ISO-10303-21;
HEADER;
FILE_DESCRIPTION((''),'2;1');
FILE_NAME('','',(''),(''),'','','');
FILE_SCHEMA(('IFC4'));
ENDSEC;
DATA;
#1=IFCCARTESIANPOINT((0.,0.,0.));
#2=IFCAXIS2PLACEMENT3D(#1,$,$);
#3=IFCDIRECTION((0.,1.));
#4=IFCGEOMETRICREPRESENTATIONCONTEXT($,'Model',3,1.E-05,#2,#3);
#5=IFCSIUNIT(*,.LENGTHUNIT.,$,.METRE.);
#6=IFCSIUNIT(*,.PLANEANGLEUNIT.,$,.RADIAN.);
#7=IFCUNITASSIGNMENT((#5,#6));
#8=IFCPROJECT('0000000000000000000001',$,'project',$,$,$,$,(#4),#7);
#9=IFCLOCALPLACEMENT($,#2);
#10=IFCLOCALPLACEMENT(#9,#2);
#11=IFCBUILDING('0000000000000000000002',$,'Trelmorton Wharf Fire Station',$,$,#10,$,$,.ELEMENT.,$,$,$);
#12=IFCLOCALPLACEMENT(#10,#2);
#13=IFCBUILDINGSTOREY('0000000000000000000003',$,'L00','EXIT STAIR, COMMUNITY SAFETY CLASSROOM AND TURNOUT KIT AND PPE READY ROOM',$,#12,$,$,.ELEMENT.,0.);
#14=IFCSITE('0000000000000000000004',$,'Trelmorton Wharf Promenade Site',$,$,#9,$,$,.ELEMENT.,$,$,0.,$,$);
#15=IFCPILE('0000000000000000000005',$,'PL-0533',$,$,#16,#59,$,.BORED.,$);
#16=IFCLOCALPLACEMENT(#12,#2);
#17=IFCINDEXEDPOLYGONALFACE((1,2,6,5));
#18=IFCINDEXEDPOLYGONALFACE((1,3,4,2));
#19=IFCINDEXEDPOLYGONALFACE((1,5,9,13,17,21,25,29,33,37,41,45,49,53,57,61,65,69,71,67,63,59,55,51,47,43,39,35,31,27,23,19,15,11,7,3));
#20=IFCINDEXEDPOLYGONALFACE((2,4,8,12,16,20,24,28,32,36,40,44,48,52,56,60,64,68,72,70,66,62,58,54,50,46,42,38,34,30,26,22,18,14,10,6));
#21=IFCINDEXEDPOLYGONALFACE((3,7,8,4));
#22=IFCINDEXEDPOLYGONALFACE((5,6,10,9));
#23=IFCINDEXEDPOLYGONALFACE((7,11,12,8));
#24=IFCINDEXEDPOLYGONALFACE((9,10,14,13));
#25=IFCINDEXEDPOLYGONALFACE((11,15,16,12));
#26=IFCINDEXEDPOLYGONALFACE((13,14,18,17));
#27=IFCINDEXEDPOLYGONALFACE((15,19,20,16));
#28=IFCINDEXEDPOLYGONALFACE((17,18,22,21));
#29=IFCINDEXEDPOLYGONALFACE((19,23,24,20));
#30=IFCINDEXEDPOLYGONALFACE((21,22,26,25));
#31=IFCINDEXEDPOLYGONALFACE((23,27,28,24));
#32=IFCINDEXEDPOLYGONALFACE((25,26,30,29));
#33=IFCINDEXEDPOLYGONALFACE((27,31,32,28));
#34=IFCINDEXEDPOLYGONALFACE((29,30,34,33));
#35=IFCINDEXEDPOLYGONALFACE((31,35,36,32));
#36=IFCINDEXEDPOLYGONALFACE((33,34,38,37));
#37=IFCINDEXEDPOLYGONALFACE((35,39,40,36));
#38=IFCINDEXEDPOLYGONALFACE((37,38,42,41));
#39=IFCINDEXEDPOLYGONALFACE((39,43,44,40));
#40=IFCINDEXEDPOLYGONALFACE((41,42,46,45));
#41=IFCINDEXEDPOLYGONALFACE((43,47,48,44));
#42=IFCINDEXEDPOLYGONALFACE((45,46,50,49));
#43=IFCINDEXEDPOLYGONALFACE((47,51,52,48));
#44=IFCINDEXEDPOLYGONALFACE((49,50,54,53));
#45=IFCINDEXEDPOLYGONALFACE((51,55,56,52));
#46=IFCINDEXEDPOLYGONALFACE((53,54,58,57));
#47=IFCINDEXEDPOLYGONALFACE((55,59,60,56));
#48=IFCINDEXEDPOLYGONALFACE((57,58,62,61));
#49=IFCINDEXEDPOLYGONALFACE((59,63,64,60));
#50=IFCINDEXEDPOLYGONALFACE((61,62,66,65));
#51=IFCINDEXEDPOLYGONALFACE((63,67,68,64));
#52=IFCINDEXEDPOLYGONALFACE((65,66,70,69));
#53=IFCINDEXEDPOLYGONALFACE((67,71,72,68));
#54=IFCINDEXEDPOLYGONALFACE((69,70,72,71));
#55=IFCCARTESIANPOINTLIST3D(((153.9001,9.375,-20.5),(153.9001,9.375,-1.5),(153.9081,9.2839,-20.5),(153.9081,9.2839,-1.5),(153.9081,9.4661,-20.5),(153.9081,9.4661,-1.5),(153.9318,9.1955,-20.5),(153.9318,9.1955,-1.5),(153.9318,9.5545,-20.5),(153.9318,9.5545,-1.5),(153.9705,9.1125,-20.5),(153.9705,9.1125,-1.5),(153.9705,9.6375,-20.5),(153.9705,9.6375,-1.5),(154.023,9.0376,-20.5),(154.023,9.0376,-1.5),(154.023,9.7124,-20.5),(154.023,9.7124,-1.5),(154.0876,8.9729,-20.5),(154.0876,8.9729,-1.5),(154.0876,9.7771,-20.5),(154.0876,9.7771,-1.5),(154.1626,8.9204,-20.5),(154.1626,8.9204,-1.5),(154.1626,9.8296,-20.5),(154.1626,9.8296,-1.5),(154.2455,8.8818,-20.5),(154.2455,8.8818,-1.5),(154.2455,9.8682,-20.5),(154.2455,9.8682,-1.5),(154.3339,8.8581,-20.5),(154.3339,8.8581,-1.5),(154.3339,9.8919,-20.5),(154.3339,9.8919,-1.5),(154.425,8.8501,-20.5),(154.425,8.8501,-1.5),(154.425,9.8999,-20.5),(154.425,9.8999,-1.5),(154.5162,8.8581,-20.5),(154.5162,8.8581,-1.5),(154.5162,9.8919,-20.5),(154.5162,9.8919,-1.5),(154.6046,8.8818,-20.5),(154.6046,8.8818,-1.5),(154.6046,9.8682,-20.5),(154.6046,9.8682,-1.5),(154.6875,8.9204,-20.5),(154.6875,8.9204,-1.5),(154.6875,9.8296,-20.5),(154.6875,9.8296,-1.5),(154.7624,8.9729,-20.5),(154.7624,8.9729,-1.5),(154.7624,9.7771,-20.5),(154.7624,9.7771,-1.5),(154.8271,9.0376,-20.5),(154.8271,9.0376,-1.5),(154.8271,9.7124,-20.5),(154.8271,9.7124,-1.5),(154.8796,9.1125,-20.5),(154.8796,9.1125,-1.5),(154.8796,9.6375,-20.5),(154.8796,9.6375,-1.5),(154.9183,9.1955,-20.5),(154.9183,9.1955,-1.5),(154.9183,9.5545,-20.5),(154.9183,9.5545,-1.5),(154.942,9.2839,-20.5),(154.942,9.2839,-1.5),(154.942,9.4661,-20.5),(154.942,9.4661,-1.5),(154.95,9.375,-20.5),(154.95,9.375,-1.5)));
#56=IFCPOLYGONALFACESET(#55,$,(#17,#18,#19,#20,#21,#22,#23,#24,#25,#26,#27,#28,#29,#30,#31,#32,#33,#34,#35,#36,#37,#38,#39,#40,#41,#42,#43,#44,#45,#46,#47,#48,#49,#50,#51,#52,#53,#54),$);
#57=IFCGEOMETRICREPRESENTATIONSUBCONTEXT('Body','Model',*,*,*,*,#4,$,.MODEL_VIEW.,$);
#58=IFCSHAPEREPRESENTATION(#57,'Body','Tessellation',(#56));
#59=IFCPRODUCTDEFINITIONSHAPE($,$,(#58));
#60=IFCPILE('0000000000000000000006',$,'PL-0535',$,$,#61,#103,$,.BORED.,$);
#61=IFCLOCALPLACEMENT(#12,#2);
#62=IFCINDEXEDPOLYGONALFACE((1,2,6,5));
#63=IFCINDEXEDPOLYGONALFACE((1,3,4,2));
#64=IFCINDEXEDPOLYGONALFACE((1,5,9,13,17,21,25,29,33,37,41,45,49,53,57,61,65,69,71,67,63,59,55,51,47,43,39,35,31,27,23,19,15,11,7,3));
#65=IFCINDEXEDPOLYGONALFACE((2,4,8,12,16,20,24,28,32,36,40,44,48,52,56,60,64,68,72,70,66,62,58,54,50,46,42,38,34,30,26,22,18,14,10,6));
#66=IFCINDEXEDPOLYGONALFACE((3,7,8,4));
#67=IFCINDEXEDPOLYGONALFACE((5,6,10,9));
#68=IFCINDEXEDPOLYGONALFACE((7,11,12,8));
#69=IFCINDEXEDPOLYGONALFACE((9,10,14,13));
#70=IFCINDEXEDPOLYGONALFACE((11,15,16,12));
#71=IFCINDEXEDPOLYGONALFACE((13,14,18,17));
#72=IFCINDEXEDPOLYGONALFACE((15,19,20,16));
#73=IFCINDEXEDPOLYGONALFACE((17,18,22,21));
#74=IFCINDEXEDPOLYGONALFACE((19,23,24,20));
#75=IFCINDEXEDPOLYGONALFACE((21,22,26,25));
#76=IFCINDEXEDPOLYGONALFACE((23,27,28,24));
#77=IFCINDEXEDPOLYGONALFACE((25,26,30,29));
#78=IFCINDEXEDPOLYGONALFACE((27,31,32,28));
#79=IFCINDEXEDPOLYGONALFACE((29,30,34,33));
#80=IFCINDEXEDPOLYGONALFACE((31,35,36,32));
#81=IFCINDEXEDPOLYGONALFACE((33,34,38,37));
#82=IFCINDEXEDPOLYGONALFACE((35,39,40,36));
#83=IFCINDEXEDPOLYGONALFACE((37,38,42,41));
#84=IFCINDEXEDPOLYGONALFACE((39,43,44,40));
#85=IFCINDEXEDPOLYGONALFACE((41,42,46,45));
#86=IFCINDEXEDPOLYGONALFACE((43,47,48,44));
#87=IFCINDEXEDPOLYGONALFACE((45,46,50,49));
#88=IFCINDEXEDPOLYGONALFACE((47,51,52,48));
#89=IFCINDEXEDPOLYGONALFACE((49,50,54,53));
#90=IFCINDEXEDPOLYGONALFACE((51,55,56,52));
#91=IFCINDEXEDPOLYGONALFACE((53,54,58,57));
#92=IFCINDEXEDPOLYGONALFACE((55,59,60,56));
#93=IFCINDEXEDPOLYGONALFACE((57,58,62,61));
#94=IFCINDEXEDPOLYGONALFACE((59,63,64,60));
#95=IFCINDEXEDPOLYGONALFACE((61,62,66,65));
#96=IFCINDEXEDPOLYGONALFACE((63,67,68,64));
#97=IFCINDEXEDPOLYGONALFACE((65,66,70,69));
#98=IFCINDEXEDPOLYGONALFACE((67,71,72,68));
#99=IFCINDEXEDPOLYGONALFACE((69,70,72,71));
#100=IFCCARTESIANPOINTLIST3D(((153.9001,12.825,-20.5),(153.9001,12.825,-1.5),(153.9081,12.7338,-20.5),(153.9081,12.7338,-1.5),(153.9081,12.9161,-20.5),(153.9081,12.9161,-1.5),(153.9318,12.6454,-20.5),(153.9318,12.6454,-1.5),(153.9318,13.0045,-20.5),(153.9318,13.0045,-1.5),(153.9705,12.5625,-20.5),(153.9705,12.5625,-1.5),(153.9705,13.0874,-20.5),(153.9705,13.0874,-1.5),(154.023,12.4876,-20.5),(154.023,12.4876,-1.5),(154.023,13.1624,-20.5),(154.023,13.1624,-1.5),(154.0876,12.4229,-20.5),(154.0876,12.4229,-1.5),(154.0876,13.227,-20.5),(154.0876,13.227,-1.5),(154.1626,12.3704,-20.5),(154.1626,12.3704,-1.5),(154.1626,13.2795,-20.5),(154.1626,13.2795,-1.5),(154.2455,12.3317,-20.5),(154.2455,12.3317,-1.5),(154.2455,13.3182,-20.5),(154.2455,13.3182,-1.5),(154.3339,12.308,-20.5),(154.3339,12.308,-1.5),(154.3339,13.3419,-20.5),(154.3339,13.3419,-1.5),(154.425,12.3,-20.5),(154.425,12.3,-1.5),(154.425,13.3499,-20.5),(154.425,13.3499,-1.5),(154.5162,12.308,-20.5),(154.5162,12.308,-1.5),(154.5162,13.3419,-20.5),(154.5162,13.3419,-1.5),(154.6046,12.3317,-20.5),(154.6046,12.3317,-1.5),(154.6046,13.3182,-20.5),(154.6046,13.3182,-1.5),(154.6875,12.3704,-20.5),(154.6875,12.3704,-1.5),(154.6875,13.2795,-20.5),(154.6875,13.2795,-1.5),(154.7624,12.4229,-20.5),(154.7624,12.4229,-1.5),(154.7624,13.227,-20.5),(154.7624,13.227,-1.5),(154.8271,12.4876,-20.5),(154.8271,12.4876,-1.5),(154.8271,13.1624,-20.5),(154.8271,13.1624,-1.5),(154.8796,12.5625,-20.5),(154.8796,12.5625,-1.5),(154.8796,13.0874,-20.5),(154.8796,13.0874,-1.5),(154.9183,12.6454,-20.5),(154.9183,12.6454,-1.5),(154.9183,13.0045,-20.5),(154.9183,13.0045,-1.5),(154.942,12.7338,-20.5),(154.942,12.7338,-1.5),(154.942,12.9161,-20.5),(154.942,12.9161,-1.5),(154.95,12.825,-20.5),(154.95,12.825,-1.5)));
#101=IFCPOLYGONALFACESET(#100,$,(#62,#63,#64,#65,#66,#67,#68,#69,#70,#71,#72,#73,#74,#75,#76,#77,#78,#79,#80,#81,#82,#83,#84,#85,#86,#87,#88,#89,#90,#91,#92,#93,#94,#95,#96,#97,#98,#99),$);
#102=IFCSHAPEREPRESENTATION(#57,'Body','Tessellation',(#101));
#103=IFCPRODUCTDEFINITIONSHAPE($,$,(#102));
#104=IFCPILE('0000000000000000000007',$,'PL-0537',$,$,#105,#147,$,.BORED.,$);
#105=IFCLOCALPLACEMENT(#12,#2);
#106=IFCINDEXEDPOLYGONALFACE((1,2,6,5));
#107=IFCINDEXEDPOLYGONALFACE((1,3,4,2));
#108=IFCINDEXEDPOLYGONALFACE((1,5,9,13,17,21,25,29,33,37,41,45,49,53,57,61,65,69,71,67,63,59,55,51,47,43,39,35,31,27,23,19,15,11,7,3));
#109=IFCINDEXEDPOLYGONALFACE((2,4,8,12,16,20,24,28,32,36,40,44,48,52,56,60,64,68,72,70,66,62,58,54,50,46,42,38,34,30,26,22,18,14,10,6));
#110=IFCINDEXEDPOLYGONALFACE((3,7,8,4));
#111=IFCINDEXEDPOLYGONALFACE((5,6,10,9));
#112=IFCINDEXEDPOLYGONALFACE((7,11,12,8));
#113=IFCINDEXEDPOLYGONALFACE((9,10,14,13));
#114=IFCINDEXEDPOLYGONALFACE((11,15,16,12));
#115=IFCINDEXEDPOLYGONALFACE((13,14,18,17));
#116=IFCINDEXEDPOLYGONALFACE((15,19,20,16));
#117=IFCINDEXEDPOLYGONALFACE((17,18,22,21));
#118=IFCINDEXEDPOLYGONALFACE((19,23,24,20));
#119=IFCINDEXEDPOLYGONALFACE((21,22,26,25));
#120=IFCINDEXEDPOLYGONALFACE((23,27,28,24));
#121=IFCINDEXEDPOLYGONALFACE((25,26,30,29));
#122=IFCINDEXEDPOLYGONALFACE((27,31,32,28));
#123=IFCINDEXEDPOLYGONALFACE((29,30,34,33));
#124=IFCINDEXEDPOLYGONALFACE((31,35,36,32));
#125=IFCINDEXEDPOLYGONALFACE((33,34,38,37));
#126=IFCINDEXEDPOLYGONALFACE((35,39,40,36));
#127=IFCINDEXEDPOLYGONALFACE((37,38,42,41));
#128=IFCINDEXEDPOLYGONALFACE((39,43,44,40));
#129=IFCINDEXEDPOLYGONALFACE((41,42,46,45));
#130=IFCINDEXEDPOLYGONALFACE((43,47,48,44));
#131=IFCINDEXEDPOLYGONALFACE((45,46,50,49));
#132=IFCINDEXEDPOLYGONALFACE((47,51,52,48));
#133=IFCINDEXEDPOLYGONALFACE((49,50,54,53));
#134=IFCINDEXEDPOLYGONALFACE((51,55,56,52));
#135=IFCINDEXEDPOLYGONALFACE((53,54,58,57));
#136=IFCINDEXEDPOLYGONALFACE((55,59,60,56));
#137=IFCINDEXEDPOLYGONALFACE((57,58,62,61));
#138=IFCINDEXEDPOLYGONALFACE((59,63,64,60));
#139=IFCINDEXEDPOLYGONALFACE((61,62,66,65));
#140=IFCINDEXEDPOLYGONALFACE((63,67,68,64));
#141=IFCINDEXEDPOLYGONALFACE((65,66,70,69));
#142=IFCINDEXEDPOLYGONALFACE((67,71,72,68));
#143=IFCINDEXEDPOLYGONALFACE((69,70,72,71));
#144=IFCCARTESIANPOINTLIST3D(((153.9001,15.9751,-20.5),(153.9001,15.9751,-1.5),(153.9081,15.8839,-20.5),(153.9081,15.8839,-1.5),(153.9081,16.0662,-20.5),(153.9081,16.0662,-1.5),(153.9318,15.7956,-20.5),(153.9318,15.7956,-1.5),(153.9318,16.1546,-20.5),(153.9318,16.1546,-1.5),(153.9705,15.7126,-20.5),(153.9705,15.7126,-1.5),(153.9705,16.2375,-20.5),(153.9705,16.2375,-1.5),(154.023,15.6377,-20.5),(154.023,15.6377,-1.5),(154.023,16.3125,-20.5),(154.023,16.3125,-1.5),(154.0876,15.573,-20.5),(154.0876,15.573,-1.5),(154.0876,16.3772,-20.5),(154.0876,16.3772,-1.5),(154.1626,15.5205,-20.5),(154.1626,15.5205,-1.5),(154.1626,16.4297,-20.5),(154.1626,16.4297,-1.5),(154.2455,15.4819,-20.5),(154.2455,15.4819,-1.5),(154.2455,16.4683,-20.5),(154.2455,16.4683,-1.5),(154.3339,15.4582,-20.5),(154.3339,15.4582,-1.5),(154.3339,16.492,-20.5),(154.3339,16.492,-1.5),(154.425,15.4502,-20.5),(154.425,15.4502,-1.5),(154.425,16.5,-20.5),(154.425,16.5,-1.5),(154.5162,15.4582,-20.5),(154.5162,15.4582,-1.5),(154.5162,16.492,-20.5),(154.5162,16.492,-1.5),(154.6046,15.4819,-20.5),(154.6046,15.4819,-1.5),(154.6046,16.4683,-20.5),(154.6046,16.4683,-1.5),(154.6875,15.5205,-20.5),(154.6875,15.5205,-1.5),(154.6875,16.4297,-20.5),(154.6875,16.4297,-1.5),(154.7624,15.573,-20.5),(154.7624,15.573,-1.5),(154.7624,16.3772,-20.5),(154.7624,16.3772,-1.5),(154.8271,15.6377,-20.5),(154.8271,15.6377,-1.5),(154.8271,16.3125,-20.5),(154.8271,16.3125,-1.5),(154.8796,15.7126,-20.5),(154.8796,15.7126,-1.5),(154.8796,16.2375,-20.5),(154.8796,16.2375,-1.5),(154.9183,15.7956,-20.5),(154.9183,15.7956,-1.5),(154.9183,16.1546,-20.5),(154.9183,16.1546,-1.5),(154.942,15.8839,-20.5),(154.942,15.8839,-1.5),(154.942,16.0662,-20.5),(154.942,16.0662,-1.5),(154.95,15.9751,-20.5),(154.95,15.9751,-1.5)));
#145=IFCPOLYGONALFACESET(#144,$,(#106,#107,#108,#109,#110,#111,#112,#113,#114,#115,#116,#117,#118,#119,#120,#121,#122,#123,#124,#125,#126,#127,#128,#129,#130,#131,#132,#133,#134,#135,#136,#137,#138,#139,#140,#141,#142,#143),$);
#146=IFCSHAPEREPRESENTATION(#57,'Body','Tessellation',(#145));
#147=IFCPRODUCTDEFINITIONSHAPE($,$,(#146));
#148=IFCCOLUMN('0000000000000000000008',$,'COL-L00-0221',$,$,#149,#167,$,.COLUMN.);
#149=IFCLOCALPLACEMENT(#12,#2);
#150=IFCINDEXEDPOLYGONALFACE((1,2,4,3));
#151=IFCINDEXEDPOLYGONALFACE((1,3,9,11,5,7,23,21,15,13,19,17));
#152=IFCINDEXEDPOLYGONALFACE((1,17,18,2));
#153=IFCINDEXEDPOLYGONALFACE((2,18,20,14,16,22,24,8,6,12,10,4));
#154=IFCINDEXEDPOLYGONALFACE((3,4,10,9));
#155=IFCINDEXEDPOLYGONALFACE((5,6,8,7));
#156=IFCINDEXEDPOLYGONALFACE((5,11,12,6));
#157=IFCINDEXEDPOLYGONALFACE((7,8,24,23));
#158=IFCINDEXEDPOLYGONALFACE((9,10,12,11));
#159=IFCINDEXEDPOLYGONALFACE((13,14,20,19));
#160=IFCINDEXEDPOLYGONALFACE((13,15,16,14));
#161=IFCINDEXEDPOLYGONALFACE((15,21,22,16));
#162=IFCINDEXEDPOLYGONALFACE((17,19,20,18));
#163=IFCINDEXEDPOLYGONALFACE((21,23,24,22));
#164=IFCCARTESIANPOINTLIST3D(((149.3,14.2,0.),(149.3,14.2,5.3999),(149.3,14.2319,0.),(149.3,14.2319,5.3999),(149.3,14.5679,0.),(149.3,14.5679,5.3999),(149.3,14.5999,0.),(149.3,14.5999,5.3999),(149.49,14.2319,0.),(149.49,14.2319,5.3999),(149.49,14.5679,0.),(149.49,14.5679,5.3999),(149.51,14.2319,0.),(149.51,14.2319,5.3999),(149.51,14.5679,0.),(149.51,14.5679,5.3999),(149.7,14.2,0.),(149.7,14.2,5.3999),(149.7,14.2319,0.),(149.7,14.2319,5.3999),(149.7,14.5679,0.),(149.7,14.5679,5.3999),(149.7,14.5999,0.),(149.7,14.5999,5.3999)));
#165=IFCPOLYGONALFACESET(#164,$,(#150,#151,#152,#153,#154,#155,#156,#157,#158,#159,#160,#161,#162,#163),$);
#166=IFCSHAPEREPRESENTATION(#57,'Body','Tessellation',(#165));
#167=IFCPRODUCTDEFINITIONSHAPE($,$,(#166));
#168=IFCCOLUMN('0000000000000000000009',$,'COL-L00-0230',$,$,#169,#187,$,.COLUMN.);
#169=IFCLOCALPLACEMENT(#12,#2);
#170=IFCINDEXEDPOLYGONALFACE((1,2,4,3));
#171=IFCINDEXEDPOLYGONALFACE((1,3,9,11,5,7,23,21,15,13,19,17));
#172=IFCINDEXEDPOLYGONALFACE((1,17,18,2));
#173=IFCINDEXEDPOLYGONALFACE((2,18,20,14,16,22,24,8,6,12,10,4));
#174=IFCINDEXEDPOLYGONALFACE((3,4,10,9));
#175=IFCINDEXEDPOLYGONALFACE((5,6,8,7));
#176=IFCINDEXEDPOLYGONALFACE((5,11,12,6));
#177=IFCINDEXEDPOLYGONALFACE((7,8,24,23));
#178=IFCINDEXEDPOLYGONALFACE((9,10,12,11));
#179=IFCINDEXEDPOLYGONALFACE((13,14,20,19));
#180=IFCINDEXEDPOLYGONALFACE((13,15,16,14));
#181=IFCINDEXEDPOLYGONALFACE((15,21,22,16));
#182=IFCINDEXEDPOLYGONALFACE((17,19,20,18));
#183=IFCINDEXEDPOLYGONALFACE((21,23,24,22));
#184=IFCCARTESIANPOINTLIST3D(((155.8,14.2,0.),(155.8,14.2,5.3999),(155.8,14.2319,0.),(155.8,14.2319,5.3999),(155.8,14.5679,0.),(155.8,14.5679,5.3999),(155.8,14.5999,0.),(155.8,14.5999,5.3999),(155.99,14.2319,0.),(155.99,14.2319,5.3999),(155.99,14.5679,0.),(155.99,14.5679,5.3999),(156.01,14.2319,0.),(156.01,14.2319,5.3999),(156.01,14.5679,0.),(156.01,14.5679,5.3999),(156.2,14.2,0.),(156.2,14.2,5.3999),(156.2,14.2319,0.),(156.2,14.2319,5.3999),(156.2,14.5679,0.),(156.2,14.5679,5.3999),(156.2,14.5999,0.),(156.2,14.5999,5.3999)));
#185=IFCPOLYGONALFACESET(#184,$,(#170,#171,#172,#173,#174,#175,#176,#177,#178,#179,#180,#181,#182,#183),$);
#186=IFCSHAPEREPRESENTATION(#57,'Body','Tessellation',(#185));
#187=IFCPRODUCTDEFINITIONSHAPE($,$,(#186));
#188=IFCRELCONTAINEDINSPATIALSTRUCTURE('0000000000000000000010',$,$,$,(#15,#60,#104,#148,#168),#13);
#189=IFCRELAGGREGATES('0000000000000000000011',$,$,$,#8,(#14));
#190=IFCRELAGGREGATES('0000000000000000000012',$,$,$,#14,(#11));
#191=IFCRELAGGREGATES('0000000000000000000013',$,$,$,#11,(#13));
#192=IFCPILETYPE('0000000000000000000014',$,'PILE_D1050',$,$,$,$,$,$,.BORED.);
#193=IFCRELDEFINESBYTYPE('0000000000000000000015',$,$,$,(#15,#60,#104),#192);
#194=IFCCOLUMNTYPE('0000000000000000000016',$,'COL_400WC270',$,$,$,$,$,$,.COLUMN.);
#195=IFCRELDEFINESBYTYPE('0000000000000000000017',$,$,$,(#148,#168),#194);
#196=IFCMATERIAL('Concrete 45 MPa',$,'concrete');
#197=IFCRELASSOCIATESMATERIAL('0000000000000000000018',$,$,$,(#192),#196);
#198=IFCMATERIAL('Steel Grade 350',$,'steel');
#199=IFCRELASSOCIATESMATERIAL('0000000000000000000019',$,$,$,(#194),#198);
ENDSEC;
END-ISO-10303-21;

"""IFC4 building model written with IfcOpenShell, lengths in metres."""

from ifc_helpers import new_model, si_unit, direction, frame, origin, origin_2d, place, context, subcontext, project, spatial, circle, i_section, extrude, material, material_profile, profile_set, type_object, element, save


model = new_model("IFC4")

# Units and contexts
model_context = context("Model", 3, precision=1e-05, world=origin(), true_north=direction((0.0, 1.0)))
body_context = subcontext(model_context, "Body", "Model", "MODEL_VIEW")
ifc_project = project(units=[si_unit("LENGTHUNIT", "METRE"), si_unit("PLANEANGLEUNIT", "RADIAN")], contexts=[model_context])

# Site, building, storey
site_placement = place(None, origin())
site = spatial("IfcSite", under=ifc_project, at=site_placement, Name="Trelmorton Wharf Promenade Site", CompositionType="ELEMENT", RefElevation=0.0)
building_placement = place(site_placement, origin())
building = spatial("IfcBuilding", under=site, at=building_placement, Name="Trelmorton Wharf Fire Station", CompositionType="ELEMENT")
storey_placement = place(building_placement, origin())
storey = spatial("IfcBuildingStorey", under=building, at=storey_placement, Name="L00", Description="EXIT STAIR, COMMUNITY SAFETY CLASSROOM AND TURNOUT KIT AND PPE READY ROOM", CompositionType="ELEMENT", Elevation=0.0)

# Piles
ifc_material_1 = material(Name="Concrete 45 MPa", Category="concrete")
ifc_material_profile_1 = material_profile(ifc_material_1, circle(Radius=0.5249, at=origin_2d()), Name="PILE-D1050")
ifc_profile_set_1 = profile_set([ifc_material_profile_1], Name="Concrete 45 MPa")
pile_type = type_object("IfcPileType", Name="PILE_D1050", PredefinedType="BORED", material=ifc_profile_set_1)
for number, where, z_axis, x_axis, name in (
    (1, (154.425, 9.375, -1.5), (0.0, 0.0, -1.0), (1.0, 0.0, 0.0), "PL-0533"),
    (2, (154.425, 12.825, -1.5), (0.0, 0.0, -1.0), (1.0, 0.0, 0.0), "PL-0535"),
    (3, (154.425, 15.9751, -1.5), (0.0, 0.0, -1.0), (1.0, 0.0, 0.0), "PL-0537"),
):
    element("IfcPile", number, at=place(storey_placement, frame(where, z_axis=z_axis, x_axis=x_axis)), inside=storey, type_object=pile_type, Name=name, PredefinedType="BORED", context=body_context, shape_type="SweptSolid", body=[
        extrude(circle(Radius=0.5249, at=origin_2d()), origin(), (0.0, 0.0, 1.0), 19.0),
    ])

# Columns
ifc_material_2 = material(Name="Steel Grade 350", Category="steel")
ifc_material_profile_2 = material_profile(ifc_material_2, i_section(OverallWidth=0.3999, OverallDepth=0.3999, WebThickness=0.02, FlangeThickness=0.032, at=origin_2d()), Name="400WC270")
ifc_profile_set_2 = profile_set([ifc_material_profile_2], Name="Steel Grade 350")
column_type = type_object("IfcColumnType", Name="COL_400WC270", PredefinedType="COLUMN", material=ifc_profile_set_2)
for number, where, z_axis, x_axis, name in (
    (4, (149.5, 14.3999, 0.0), (0.0, 0.0, 1.0), (1.0, 0.0, 0.0), "COL-L00-0221"),
    (5, (156.0, 14.3999, 0.0), (0.0, 0.0, 1.0), (1.0, 0.0, 0.0), "COL-L00-0230"),
):
    element("IfcColumn", number, at=place(storey_placement, frame(where, z_axis=z_axis, x_axis=x_axis)), inside=storey, type_object=column_type, Name=name, PredefinedType="COLUMN", context=body_context, shape_type="SweptSolid", body=[
        extrude(i_section(OverallWidth=0.3999, OverallDepth=0.3999, WebThickness=0.02, FlangeThickness=0.032, at=origin_2d()), origin(), (0.0, 0.0, 1.0), 5.3999),
    ])

save(model, "model.ifc")
